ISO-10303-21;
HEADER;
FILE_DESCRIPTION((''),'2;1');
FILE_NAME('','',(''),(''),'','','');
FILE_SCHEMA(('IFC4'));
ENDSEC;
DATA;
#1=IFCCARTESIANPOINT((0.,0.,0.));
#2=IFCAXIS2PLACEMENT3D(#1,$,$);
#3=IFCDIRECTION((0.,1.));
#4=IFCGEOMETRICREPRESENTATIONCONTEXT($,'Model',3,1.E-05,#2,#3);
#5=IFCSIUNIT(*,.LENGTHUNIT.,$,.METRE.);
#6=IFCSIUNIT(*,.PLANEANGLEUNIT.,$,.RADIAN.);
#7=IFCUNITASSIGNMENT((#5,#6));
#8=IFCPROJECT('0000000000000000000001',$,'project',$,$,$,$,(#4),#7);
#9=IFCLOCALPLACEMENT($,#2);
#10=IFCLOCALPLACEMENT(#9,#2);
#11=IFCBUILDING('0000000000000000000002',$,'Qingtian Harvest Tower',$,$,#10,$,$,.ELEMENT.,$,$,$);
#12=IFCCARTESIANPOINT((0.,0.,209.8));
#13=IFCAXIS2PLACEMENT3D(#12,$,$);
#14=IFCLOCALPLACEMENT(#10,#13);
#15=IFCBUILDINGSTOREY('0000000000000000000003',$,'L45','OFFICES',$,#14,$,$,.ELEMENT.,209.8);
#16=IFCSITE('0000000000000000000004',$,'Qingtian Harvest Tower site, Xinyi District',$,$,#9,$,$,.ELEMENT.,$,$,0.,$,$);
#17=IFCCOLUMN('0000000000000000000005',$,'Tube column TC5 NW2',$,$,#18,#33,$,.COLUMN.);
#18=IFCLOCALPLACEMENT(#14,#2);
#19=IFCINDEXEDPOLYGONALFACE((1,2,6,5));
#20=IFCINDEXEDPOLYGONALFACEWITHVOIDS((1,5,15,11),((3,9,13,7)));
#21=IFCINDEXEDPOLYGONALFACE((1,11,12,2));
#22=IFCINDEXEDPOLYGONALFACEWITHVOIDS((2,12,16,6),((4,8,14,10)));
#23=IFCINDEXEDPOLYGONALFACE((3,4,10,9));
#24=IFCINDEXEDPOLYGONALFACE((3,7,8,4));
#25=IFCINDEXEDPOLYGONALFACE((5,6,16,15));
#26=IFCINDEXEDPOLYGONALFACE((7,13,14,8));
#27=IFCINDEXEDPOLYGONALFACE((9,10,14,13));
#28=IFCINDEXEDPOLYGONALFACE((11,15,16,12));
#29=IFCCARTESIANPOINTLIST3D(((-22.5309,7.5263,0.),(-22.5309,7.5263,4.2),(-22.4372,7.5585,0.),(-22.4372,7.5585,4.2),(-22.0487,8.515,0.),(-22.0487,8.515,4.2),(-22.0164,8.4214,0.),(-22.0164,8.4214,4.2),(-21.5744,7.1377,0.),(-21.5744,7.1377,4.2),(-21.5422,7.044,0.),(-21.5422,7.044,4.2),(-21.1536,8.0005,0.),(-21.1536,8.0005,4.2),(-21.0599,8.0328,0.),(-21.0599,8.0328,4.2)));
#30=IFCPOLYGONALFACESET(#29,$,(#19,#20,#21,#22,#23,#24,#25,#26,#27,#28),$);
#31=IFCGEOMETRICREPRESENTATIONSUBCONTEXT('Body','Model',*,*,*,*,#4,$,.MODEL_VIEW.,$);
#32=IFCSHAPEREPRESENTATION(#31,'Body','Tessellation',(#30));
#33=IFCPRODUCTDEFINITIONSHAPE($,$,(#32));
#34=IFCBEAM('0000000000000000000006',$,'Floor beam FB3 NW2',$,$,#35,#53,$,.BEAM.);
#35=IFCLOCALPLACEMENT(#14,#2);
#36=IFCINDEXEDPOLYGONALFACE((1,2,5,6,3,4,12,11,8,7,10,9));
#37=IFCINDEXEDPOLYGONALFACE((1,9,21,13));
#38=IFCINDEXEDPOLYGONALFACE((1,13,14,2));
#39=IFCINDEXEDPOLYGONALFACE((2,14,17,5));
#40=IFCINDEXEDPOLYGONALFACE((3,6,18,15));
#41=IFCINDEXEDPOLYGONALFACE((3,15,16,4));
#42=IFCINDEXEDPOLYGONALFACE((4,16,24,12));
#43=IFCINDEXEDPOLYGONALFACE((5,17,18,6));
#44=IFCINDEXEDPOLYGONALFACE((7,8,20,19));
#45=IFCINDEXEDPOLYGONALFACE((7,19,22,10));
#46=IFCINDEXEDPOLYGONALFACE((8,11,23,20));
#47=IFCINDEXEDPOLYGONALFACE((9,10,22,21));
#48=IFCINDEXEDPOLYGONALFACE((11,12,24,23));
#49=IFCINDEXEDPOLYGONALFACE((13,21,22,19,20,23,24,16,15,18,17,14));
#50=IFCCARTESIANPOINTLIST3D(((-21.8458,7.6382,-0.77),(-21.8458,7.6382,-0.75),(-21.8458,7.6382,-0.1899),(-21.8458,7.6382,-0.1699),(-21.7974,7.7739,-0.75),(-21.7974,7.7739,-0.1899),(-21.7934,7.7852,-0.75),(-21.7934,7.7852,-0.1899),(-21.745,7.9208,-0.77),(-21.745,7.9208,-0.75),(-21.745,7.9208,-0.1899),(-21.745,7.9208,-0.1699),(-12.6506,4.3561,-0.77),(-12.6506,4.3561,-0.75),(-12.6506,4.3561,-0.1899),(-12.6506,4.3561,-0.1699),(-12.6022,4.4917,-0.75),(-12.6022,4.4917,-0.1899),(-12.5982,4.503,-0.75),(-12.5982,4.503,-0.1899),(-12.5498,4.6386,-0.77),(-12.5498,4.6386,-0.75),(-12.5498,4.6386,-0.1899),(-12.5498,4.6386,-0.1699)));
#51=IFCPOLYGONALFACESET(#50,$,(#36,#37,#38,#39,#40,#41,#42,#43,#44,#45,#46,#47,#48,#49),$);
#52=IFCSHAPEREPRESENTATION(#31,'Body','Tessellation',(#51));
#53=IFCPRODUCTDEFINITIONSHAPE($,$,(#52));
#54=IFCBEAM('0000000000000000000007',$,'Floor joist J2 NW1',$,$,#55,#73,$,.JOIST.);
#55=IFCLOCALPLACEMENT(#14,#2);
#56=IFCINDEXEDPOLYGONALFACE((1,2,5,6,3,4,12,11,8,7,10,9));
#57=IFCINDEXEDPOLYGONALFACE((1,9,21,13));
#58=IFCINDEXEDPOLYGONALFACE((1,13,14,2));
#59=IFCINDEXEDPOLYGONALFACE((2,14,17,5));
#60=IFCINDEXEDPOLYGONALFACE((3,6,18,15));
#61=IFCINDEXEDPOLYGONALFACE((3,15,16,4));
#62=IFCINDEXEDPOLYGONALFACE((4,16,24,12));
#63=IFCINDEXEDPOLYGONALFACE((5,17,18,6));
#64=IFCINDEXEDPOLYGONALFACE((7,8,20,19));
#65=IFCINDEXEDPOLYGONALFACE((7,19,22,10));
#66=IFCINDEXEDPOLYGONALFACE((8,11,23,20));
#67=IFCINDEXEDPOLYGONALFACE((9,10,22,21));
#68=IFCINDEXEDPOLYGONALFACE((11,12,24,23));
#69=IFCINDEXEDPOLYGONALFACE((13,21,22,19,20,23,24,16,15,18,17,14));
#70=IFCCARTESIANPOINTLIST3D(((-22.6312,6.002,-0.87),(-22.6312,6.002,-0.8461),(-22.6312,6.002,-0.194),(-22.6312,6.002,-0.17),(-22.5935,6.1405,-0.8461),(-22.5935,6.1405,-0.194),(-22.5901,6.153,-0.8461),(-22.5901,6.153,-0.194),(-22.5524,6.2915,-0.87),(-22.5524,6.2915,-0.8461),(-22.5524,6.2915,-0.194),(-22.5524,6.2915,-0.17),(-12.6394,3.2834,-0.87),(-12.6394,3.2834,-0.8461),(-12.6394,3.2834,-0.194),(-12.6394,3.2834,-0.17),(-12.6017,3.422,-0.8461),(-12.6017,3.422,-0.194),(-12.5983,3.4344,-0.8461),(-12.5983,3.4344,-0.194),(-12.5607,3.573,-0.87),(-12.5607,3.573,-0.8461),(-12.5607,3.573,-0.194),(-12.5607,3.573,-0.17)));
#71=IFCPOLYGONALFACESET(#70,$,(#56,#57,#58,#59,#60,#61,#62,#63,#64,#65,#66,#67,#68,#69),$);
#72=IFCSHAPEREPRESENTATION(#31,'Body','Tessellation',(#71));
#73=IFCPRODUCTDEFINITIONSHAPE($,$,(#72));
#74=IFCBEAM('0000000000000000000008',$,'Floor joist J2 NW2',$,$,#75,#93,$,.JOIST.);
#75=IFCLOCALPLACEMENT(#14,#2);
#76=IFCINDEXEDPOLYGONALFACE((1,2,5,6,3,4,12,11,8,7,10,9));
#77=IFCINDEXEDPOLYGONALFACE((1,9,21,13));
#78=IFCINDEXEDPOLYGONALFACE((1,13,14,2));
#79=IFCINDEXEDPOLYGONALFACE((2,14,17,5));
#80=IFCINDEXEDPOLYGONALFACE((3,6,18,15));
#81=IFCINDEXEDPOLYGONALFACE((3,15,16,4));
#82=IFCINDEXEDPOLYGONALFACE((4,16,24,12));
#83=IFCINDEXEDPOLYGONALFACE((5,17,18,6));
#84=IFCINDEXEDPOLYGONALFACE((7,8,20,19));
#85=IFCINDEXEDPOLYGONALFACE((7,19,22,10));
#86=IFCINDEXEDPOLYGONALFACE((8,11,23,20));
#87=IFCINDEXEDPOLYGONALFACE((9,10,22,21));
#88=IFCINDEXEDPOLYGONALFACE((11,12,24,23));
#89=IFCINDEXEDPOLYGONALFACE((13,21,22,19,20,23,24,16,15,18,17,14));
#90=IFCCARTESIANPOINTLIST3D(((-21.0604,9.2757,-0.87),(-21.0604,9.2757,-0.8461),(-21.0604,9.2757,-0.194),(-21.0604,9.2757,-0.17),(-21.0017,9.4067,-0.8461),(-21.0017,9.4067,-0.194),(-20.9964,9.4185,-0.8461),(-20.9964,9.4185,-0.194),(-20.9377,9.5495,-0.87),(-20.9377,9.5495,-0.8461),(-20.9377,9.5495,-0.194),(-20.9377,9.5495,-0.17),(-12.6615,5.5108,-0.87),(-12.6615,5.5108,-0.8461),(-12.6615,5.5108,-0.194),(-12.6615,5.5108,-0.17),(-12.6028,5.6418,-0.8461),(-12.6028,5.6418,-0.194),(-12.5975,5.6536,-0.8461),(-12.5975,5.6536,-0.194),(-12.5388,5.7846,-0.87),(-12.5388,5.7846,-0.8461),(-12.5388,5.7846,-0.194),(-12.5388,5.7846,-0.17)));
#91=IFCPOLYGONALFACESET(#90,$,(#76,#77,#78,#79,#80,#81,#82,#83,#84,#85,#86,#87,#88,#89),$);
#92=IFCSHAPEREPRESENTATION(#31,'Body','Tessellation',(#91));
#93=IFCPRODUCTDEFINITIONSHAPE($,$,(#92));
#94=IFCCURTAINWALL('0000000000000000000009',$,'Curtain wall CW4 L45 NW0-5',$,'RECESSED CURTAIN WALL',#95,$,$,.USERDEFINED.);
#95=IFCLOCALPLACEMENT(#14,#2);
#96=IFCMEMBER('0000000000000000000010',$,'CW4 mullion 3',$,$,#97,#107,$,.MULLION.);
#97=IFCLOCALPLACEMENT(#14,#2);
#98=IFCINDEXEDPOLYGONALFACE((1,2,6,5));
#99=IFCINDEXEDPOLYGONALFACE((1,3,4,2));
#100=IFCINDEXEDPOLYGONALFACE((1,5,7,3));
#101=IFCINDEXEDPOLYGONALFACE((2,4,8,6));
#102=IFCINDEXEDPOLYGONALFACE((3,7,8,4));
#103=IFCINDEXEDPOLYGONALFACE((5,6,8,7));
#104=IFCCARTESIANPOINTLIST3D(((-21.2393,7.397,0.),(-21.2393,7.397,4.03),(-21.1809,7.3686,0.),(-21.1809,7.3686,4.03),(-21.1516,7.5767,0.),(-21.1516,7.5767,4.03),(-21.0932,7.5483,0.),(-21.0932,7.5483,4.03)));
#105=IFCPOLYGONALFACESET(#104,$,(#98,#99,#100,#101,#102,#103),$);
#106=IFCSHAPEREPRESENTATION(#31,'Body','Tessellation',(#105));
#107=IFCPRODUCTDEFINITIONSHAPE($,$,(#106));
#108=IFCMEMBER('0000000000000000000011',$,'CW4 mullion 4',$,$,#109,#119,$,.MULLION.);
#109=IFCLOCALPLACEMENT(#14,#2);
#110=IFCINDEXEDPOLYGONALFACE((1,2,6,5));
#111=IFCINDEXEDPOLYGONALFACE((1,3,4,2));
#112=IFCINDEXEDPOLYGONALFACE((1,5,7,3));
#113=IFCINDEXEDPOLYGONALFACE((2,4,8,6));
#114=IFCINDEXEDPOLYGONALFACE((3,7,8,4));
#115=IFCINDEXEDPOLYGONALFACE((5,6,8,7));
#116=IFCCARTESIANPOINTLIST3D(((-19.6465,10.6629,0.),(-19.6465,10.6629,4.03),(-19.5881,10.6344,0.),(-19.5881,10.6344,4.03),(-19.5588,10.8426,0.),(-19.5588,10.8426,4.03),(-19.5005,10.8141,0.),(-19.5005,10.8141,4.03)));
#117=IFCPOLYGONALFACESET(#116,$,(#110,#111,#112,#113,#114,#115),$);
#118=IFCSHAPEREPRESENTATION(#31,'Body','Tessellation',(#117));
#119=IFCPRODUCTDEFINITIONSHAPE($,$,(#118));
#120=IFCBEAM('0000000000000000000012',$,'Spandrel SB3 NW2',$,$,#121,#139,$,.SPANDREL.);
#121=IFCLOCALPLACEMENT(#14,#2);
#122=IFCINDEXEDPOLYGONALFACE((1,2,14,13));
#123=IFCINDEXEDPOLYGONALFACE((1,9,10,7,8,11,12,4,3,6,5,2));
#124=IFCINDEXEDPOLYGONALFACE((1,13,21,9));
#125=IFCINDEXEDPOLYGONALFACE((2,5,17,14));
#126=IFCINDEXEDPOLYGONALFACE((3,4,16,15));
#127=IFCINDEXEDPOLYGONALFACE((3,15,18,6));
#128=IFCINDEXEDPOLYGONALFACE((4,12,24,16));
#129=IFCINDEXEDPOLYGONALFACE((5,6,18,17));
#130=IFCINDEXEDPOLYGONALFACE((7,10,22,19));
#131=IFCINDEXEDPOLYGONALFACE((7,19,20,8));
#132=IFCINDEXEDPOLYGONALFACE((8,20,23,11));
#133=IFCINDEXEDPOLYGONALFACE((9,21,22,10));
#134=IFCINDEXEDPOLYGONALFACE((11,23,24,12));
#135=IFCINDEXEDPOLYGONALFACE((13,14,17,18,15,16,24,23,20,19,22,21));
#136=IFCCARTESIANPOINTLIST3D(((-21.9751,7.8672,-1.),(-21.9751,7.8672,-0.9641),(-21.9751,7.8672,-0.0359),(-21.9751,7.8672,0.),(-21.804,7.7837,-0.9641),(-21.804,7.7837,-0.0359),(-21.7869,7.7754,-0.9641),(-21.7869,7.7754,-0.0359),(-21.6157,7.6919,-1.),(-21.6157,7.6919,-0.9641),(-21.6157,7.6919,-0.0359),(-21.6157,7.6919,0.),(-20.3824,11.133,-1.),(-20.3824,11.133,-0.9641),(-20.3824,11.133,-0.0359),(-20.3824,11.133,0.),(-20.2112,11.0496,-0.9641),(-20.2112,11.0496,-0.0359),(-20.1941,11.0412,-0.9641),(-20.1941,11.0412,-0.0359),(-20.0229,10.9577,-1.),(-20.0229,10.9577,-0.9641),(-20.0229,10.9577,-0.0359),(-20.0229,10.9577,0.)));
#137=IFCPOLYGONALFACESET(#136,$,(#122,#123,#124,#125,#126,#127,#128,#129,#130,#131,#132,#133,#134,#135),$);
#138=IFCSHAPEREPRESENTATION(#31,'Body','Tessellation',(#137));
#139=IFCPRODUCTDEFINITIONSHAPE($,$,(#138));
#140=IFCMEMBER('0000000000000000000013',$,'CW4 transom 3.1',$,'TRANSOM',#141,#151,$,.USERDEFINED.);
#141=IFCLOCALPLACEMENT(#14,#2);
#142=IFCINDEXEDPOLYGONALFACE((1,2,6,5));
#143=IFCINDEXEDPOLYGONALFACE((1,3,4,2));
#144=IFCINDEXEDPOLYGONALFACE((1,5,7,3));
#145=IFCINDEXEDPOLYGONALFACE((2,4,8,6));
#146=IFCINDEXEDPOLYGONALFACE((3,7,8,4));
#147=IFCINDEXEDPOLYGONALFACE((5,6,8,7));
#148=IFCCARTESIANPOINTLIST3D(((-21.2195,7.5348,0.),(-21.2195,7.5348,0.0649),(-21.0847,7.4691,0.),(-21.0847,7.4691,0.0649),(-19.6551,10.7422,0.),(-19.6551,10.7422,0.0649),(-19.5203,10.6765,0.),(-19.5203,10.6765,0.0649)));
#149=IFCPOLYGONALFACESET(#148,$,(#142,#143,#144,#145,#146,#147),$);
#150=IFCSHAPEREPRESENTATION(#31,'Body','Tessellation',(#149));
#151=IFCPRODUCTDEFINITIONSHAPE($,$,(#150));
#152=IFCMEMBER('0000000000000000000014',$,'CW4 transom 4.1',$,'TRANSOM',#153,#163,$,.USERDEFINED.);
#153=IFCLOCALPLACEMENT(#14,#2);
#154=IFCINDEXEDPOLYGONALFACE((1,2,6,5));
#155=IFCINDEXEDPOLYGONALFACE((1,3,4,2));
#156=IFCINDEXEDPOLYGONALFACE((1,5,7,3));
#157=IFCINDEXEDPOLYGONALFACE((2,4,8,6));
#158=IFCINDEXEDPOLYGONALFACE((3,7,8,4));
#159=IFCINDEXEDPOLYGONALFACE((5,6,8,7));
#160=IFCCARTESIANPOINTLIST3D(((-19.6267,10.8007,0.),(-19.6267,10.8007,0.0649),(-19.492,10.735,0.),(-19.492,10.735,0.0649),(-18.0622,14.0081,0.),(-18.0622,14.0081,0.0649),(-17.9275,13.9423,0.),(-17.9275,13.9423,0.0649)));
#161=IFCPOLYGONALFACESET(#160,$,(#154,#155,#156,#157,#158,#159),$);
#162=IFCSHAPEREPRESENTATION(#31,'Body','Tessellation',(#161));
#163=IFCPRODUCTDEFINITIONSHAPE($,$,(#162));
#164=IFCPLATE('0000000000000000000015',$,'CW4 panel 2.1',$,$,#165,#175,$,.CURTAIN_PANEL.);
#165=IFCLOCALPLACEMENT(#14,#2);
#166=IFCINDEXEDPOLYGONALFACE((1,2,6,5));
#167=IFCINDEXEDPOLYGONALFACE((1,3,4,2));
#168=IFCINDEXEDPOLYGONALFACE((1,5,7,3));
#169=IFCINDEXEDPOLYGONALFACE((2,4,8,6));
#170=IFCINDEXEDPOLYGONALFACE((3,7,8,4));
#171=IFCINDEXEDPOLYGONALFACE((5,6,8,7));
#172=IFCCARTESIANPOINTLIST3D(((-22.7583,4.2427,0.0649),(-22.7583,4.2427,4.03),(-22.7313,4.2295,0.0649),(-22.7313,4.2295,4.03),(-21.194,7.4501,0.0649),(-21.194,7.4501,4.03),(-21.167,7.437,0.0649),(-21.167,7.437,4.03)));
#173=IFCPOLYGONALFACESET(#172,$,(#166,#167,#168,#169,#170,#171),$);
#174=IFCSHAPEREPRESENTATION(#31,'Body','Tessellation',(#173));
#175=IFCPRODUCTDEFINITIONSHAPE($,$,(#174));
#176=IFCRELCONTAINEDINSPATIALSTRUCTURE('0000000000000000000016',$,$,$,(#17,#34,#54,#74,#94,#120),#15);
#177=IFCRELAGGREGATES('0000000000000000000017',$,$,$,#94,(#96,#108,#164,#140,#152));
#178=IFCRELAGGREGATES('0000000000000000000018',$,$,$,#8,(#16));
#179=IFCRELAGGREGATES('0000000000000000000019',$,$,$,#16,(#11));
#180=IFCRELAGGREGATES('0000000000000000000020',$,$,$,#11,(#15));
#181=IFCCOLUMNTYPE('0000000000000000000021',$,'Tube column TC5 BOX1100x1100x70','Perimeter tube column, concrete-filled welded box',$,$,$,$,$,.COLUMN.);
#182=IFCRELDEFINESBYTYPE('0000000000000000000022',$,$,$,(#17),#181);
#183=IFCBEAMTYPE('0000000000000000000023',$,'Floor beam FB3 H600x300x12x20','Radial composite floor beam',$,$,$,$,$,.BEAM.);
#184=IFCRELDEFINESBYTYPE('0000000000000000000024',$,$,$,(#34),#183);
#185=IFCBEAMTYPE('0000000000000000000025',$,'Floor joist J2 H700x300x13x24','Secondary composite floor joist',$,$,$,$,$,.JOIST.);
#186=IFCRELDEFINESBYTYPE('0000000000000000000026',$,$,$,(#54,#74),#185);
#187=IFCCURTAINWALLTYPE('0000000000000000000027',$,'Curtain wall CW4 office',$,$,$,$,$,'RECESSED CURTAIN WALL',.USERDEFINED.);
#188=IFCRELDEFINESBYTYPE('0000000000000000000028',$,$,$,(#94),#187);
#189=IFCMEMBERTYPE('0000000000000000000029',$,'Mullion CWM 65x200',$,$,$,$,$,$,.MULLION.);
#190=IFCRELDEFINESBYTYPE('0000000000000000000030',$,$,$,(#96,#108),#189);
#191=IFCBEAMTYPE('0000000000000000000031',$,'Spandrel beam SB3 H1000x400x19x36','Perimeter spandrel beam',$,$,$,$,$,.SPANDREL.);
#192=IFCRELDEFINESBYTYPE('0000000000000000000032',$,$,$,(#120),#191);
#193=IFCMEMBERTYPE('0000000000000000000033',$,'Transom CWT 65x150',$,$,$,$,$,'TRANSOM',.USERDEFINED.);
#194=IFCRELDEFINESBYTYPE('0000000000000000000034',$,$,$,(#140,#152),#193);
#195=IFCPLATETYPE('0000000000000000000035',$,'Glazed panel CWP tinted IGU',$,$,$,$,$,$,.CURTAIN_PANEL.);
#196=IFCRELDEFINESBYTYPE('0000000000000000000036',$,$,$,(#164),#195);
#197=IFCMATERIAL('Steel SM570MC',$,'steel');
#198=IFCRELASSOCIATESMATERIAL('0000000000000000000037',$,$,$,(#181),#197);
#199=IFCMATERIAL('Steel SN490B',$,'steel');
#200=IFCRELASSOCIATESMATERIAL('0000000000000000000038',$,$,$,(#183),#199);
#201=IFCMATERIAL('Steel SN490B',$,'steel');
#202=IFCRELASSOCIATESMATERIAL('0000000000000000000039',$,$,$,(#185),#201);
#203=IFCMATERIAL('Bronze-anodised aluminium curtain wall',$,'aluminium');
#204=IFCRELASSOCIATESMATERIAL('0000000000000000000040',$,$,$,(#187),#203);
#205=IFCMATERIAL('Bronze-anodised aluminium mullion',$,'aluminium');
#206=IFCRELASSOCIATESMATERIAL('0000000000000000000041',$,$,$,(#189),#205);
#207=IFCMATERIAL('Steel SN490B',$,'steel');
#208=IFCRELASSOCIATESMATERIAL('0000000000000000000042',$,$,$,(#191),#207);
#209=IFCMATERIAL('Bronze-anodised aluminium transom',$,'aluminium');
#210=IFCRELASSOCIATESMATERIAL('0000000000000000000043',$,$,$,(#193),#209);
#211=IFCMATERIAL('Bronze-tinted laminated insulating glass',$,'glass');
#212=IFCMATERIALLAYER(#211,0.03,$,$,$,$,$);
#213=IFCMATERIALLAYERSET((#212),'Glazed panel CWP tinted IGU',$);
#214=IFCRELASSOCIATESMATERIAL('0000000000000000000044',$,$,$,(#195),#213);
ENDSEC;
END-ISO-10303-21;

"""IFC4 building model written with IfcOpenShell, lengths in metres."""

from ifc_helpers import new_model, si_unit, direction, frame, origin, origin_2d, place, context, subcontext, project, spatial, rectangle, hollow_rectangle, i_section, extrude, material, layer, layer_set, material_profile, profile_set, type_object, element, aggregate, save


model = new_model("IFC4")

# Units and contexts
model_context = context("Model", 3, precision=1e-05, world=origin(), true_north=direction((0.0, 1.0)))
body_context = subcontext(model_context, "Body", "Model", "MODEL_VIEW")
ifc_project = project(units=[si_unit("LENGTHUNIT", "METRE"), si_unit("PLANEANGLEUNIT", "RADIAN")], contexts=[model_context])

# Site, building, storey
site_placement = place(None, origin())
site = spatial("IfcSite", under=ifc_project, at=site_placement, Name="Qingtian Harvest Tower site, Xinyi District", CompositionType="ELEMENT", RefElevation=0.0)
building_placement = place(site_placement, origin())
building = spatial("IfcBuilding", under=site, at=building_placement, Name="Qingtian Harvest Tower", CompositionType="ELEMENT")
storey_placement = place(building_placement, frame((0.0, 0.0, 209.8)))
storey = spatial("IfcBuildingStorey", under=building, at=storey_placement, Name="L45", Description="OFFICES", CompositionType="ELEMENT", Elevation=209.8)

# Column
ifc_material_1 = material(Name="Steel SM570MC", Category="steel")
ifc_material_profile_1 = material_profile(ifc_material_1, hollow_rectangle(XDim=1.1001, YDim=1.1001, WallThickness=0.0701, at=origin_2d()), Name="BOX1100x1100x70")
ifc_profile_set_1 = profile_set([ifc_material_profile_1], Name="Steel SM570MC")
column_type = type_object("IfcColumnType", Name="Tube column TC5 BOX1100x1100x70", Description="Perimeter tube column, concrete-filled welded box", PredefinedType="COLUMN", material=ifc_profile_set_1)
column_placement = place(storey_placement, frame((-21.7954, 7.7795, 0.0), z_axis=(0.0, 0.0, 1.0), x_axis=(-0.438371, -0.898794, 0.0)))
element("IfcColumn", 1, at=column_placement, inside=storey, type_object=column_type, Name="Tube column TC5 NW2", PredefinedType="COLUMN", context=body_context, shape_type="SweptSolid", body=[
    extrude(hollow_rectangle(XDim=1.1001, YDim=1.1001, WallThickness=0.0701, at=origin_2d()), origin(), (0.0, 0.0, 1.0), 4.2),
])

# Beams
ifc_material_2 = material(Name="Steel SN490B", Category="steel")
ifc_material_profile_2 = material_profile(ifc_material_2, i_section(OverallWidth=0.3, OverallDepth=0.6001, WebThickness=0.012, FlangeThickness=0.02, at=origin_2d()), Name="H600x300x12x20")
ifc_profile_set_2 = profile_set([ifc_material_profile_2], Name="Steel SN490B")
beam_type_1 = type_object("IfcBeamType", Name="Floor beam FB3 H600x300x12x20", Description="Radial composite floor beam", PredefinedType="BEAM", material=ifc_profile_set_2)
beam_1_placement = place(storey_placement, frame((-21.7954, 7.7795, -0.47), z_axis=(0.941801, -0.336172, 0.0), x_axis=(0.336172, 0.941801, 0.0)))
element("IfcBeam", 2, at=beam_1_placement, inside=storey, type_object=beam_type_1, Name="Floor beam FB3 NW2", PredefinedType="BEAM", context=body_context, shape_type="SweptSolid", body=[
    extrude(i_section(OverallWidth=0.3, OverallDepth=0.6001, WebThickness=0.012, FlangeThickness=0.02, at=origin_2d()), origin(), (0.0, 0.0, 1.0), 9.7634),
])
ifc_material_3 = material(Name="Steel SN490B", Category="steel")
ifc_material_profile_3 = material_profile(ifc_material_3, i_section(OverallWidth=0.3, OverallDepth=0.7, WebThickness=0.0129, FlangeThickness=0.0239, at=origin_2d()), Name="H700x300x13x24")
ifc_profile_set_3 = profile_set([ifc_material_profile_3], Name="Steel SN490B")
beam_type_2 = type_object("IfcBeamType", Name="Floor joist J2 H700x300x13x24", Description="Secondary composite floor joist", PredefinedType="JOIST", material=ifc_profile_set_3)
beam_2_placement = place(storey_placement, frame((-22.5918, 6.1467, -0.52), z_axis=(0.964923, -0.262533, 0.0), x_axis=(0.262533, 0.964923, 0.0)))
element("IfcBeam", 3, at=beam_2_placement, inside=storey, type_object=beam_type_2, Name="Floor joist J2 NW1", PredefinedType="JOIST", context=body_context, shape_type="SweptSolid", body=[
    extrude(i_section(OverallWidth=0.3, OverallDepth=0.7, WebThickness=0.0129, FlangeThickness=0.0239, at=origin_2d()), origin(), (0.0, 0.0, 1.0), 10.355),
])
beam_3_placement = place(storey_placement, frame((-20.999, 9.4126, -0.52), z_axis=(0.912515, -0.409043, 0.0), x_axis=(0.409043, 0.912515, 0.0)))
element("IfcBeam", 4, at=beam_3_placement, inside=storey, type_object=beam_type_2, Name="Floor joist J2 NW2", PredefinedType="JOIST", context=body_context, shape_type="SweptSolid", body=[
    extrude(i_section(OverallWidth=0.3, OverallDepth=0.7, WebThickness=0.0129, FlangeThickness=0.0239, at=origin_2d()), origin(), (0.0, 0.0, 1.0), 9.2041),
])

# Curtain wall, members
ifc_material_4 = material(Name="Bronze-anodised aluminium curtain wall", Category="aluminium")
curtain_wall_type = type_object("IfcCurtainWallType", Name="Curtain wall CW4 office", ElementType="RECESSED CURTAIN WALL", PredefinedType="USERDEFINED", material=ifc_material_4)
curtain_wall_placement = place(storey_placement, origin())
curtain_wall = element("IfcCurtainWall", 5, at=curtain_wall_placement, inside=storey, type_object=curtain_wall_type, Name="Curtain wall CW4 L45 NW0-5", ObjectType="RECESSED CURTAIN WALL", PredefinedType="USERDEFINED")
ifc_material_5 = material(Name="Bronze-anodised aluminium mullion", Category="aluminium")
ifc_material_profile_4 = material_profile(ifc_material_5, rectangle(XDim=0.0649, YDim=0.2, at=origin_2d()), Name="AL 65x200")
ifc_profile_set_4 = profile_set([ifc_material_profile_4], Name="Bronze-anodised aluminium mullion")
member_type_1 = type_object("IfcMemberType", Name="Mullion CWM 65x200", PredefinedType="MULLION", material=ifc_profile_set_4)
member_1_placement = place(storey_placement, frame((-21.1663, 7.4727, 0.0), z_axis=(0.0, 0.0, 1.0), x_axis=(-0.898794, 0.438371, 0.0)))
member_1 = element("IfcMember", 6, at=member_1_placement, type_object=member_type_1, Name="CW4 mullion 3", PredefinedType="MULLION", context=body_context, shape_type="SweptSolid", body=[
    extrude(rectangle(XDim=0.0649, YDim=0.2, at=origin_2d()), origin(), (0.0, 0.0, 1.0), 4.03),
])
member_2_placement = place(storey_placement, frame((-19.5735, 10.7385, 0.0), z_axis=(0.0, 0.0, 1.0), x_axis=(-0.898794, 0.438371, 0.0)))
member_2 = element("IfcMember", 7, at=member_2_placement, type_object=member_type_1, Name="CW4 mullion 4", PredefinedType="MULLION", context=body_context, shape_type="SweptSolid", body=[
    extrude(rectangle(XDim=0.0649, YDim=0.2, at=origin_2d()), origin(), (0.0, 0.0, 1.0), 4.03),
])

# Beam
ifc_material_6 = material(Name="Steel SN490B", Category="steel")
ifc_material_profile_5 = material_profile(ifc_material_6, i_section(OverallWidth=0.3999, OverallDepth=1.0, WebThickness=0.019, FlangeThickness=0.0359, at=origin_2d()), Name="H1000x400x19x36")
ifc_profile_set_5 = profile_set([ifc_material_profile_5], Name="Steel SN490B")
beam_type_3 = type_object("IfcBeamType", Name="Spandrel beam SB3 H1000x400x19x36", Description="Perimeter spandrel beam", PredefinedType="SPANDREL", material=ifc_profile_set_5)
beam_4_placement = place(storey_placement, frame((-21.7954, 7.7795, -0.5), z_axis=(0.438349, 0.898805, 0.0), x_axis=(-0.898805, 0.438349, 0.0)))
element("IfcBeam", 8, at=beam_4_placement, inside=storey, type_object=beam_type_3, Name="Spandrel SB3 NW2", PredefinedType="SPANDREL", context=body_context, shape_type="SweptSolid", body=[
    extrude(i_section(OverallWidth=0.3999, OverallDepth=1.0, WebThickness=0.019, FlangeThickness=0.0359, at=origin_2d()), origin(), (0.0, 0.0, 1.0), 3.6335),
])

# Members
ifc_material_7 = material(Name="Bronze-anodised aluminium transom", Category="aluminium")
ifc_material_profile_6 = material_profile(ifc_material_7, rectangle(XDim=0.1499, YDim=0.0649, at=origin_2d()), Name="AL 65x150")
ifc_profile_set_6 = profile_set([ifc_material_profile_6], Name="Bronze-anodised aluminium transom")
member_type_2 = type_object("IfcMemberType", Name="Transom CWT 65x150", ElementType="TRANSOM", PredefinedType="USERDEFINED", material=ifc_profile_set_6)
member_3_placement = place(storey_placement, frame((-21.1521, 7.502, 0.0325), z_axis=(0.438381, 0.898789, 0.0), x_axis=(-0.898789, 0.438381, 0.0)))
member_3 = element("IfcMember", 9, at=member_3_placement, type_object=member_type_2, Name="CW4 transom 3.1", ObjectType="TRANSOM", PredefinedType="USERDEFINED", context=body_context, shape_type="SweptSolid", body=[
    extrude(rectangle(XDim=0.1499, YDim=0.0649, at=origin_2d()), origin(), (0.0, 0.0, 1.0), 3.5686),
])
member_4_placement = place(storey_placement, frame((-19.5593, 10.7678, 0.0325), z_axis=(0.438407, 0.898776, 0.0), x_axis=(-0.898776, 0.438407, 0.0)))
member_4 = element("IfcMember", 10, at=member_4_placement, type_object=member_type_2, Name="CW4 transom 4.1", ObjectType="TRANSOM", PredefinedType="USERDEFINED", context=body_context, shape_type="SweptSolid", body=[
    extrude(rectangle(XDim=0.1499, YDim=0.0649, at=origin_2d()), origin(), (0.0, 0.0, 1.0), 3.5686),
])

# Plate
ifc_material_8 = material(Name="Bronze-tinted laminated insulating glass", Category="glass")
ifc_layer_1 = layer(ifc_material_8, 0.03)
ifc_layer_set_1 = layer_set([ifc_layer_1], Name="Glazed panel CWP tinted IGU")
plate_type = type_object("IfcPlateType", Name="Glazed panel CWP tinted IGU", PredefinedType="CURTAIN_PANEL", material=ifc_layer_set_1)
plate_1_placement = place(storey_placement, frame((-21.9626, 5.8398, 0.0649), z_axis=(0.0, 0.0, 1.0), x_axis=(0.438371, 0.898794, 0.0)))
plate_1 = element("IfcPlate", 11, at=plate_1_placement, type_object=plate_type, Name="CW4 panel 2.1", PredefinedType="CURTAIN_PANEL", context=body_context, shape_type="SweptSolid", body=[
    extrude(rectangle(XDim=3.5686, YDim=0.03, at=origin_2d()), origin(), (0.0, 0.0, 1.0), 3.9651),
])
aggregate(curtain_wall, [member_1, member_2, plate_1, member_3, member_4])

save(model, "model.ifc")
